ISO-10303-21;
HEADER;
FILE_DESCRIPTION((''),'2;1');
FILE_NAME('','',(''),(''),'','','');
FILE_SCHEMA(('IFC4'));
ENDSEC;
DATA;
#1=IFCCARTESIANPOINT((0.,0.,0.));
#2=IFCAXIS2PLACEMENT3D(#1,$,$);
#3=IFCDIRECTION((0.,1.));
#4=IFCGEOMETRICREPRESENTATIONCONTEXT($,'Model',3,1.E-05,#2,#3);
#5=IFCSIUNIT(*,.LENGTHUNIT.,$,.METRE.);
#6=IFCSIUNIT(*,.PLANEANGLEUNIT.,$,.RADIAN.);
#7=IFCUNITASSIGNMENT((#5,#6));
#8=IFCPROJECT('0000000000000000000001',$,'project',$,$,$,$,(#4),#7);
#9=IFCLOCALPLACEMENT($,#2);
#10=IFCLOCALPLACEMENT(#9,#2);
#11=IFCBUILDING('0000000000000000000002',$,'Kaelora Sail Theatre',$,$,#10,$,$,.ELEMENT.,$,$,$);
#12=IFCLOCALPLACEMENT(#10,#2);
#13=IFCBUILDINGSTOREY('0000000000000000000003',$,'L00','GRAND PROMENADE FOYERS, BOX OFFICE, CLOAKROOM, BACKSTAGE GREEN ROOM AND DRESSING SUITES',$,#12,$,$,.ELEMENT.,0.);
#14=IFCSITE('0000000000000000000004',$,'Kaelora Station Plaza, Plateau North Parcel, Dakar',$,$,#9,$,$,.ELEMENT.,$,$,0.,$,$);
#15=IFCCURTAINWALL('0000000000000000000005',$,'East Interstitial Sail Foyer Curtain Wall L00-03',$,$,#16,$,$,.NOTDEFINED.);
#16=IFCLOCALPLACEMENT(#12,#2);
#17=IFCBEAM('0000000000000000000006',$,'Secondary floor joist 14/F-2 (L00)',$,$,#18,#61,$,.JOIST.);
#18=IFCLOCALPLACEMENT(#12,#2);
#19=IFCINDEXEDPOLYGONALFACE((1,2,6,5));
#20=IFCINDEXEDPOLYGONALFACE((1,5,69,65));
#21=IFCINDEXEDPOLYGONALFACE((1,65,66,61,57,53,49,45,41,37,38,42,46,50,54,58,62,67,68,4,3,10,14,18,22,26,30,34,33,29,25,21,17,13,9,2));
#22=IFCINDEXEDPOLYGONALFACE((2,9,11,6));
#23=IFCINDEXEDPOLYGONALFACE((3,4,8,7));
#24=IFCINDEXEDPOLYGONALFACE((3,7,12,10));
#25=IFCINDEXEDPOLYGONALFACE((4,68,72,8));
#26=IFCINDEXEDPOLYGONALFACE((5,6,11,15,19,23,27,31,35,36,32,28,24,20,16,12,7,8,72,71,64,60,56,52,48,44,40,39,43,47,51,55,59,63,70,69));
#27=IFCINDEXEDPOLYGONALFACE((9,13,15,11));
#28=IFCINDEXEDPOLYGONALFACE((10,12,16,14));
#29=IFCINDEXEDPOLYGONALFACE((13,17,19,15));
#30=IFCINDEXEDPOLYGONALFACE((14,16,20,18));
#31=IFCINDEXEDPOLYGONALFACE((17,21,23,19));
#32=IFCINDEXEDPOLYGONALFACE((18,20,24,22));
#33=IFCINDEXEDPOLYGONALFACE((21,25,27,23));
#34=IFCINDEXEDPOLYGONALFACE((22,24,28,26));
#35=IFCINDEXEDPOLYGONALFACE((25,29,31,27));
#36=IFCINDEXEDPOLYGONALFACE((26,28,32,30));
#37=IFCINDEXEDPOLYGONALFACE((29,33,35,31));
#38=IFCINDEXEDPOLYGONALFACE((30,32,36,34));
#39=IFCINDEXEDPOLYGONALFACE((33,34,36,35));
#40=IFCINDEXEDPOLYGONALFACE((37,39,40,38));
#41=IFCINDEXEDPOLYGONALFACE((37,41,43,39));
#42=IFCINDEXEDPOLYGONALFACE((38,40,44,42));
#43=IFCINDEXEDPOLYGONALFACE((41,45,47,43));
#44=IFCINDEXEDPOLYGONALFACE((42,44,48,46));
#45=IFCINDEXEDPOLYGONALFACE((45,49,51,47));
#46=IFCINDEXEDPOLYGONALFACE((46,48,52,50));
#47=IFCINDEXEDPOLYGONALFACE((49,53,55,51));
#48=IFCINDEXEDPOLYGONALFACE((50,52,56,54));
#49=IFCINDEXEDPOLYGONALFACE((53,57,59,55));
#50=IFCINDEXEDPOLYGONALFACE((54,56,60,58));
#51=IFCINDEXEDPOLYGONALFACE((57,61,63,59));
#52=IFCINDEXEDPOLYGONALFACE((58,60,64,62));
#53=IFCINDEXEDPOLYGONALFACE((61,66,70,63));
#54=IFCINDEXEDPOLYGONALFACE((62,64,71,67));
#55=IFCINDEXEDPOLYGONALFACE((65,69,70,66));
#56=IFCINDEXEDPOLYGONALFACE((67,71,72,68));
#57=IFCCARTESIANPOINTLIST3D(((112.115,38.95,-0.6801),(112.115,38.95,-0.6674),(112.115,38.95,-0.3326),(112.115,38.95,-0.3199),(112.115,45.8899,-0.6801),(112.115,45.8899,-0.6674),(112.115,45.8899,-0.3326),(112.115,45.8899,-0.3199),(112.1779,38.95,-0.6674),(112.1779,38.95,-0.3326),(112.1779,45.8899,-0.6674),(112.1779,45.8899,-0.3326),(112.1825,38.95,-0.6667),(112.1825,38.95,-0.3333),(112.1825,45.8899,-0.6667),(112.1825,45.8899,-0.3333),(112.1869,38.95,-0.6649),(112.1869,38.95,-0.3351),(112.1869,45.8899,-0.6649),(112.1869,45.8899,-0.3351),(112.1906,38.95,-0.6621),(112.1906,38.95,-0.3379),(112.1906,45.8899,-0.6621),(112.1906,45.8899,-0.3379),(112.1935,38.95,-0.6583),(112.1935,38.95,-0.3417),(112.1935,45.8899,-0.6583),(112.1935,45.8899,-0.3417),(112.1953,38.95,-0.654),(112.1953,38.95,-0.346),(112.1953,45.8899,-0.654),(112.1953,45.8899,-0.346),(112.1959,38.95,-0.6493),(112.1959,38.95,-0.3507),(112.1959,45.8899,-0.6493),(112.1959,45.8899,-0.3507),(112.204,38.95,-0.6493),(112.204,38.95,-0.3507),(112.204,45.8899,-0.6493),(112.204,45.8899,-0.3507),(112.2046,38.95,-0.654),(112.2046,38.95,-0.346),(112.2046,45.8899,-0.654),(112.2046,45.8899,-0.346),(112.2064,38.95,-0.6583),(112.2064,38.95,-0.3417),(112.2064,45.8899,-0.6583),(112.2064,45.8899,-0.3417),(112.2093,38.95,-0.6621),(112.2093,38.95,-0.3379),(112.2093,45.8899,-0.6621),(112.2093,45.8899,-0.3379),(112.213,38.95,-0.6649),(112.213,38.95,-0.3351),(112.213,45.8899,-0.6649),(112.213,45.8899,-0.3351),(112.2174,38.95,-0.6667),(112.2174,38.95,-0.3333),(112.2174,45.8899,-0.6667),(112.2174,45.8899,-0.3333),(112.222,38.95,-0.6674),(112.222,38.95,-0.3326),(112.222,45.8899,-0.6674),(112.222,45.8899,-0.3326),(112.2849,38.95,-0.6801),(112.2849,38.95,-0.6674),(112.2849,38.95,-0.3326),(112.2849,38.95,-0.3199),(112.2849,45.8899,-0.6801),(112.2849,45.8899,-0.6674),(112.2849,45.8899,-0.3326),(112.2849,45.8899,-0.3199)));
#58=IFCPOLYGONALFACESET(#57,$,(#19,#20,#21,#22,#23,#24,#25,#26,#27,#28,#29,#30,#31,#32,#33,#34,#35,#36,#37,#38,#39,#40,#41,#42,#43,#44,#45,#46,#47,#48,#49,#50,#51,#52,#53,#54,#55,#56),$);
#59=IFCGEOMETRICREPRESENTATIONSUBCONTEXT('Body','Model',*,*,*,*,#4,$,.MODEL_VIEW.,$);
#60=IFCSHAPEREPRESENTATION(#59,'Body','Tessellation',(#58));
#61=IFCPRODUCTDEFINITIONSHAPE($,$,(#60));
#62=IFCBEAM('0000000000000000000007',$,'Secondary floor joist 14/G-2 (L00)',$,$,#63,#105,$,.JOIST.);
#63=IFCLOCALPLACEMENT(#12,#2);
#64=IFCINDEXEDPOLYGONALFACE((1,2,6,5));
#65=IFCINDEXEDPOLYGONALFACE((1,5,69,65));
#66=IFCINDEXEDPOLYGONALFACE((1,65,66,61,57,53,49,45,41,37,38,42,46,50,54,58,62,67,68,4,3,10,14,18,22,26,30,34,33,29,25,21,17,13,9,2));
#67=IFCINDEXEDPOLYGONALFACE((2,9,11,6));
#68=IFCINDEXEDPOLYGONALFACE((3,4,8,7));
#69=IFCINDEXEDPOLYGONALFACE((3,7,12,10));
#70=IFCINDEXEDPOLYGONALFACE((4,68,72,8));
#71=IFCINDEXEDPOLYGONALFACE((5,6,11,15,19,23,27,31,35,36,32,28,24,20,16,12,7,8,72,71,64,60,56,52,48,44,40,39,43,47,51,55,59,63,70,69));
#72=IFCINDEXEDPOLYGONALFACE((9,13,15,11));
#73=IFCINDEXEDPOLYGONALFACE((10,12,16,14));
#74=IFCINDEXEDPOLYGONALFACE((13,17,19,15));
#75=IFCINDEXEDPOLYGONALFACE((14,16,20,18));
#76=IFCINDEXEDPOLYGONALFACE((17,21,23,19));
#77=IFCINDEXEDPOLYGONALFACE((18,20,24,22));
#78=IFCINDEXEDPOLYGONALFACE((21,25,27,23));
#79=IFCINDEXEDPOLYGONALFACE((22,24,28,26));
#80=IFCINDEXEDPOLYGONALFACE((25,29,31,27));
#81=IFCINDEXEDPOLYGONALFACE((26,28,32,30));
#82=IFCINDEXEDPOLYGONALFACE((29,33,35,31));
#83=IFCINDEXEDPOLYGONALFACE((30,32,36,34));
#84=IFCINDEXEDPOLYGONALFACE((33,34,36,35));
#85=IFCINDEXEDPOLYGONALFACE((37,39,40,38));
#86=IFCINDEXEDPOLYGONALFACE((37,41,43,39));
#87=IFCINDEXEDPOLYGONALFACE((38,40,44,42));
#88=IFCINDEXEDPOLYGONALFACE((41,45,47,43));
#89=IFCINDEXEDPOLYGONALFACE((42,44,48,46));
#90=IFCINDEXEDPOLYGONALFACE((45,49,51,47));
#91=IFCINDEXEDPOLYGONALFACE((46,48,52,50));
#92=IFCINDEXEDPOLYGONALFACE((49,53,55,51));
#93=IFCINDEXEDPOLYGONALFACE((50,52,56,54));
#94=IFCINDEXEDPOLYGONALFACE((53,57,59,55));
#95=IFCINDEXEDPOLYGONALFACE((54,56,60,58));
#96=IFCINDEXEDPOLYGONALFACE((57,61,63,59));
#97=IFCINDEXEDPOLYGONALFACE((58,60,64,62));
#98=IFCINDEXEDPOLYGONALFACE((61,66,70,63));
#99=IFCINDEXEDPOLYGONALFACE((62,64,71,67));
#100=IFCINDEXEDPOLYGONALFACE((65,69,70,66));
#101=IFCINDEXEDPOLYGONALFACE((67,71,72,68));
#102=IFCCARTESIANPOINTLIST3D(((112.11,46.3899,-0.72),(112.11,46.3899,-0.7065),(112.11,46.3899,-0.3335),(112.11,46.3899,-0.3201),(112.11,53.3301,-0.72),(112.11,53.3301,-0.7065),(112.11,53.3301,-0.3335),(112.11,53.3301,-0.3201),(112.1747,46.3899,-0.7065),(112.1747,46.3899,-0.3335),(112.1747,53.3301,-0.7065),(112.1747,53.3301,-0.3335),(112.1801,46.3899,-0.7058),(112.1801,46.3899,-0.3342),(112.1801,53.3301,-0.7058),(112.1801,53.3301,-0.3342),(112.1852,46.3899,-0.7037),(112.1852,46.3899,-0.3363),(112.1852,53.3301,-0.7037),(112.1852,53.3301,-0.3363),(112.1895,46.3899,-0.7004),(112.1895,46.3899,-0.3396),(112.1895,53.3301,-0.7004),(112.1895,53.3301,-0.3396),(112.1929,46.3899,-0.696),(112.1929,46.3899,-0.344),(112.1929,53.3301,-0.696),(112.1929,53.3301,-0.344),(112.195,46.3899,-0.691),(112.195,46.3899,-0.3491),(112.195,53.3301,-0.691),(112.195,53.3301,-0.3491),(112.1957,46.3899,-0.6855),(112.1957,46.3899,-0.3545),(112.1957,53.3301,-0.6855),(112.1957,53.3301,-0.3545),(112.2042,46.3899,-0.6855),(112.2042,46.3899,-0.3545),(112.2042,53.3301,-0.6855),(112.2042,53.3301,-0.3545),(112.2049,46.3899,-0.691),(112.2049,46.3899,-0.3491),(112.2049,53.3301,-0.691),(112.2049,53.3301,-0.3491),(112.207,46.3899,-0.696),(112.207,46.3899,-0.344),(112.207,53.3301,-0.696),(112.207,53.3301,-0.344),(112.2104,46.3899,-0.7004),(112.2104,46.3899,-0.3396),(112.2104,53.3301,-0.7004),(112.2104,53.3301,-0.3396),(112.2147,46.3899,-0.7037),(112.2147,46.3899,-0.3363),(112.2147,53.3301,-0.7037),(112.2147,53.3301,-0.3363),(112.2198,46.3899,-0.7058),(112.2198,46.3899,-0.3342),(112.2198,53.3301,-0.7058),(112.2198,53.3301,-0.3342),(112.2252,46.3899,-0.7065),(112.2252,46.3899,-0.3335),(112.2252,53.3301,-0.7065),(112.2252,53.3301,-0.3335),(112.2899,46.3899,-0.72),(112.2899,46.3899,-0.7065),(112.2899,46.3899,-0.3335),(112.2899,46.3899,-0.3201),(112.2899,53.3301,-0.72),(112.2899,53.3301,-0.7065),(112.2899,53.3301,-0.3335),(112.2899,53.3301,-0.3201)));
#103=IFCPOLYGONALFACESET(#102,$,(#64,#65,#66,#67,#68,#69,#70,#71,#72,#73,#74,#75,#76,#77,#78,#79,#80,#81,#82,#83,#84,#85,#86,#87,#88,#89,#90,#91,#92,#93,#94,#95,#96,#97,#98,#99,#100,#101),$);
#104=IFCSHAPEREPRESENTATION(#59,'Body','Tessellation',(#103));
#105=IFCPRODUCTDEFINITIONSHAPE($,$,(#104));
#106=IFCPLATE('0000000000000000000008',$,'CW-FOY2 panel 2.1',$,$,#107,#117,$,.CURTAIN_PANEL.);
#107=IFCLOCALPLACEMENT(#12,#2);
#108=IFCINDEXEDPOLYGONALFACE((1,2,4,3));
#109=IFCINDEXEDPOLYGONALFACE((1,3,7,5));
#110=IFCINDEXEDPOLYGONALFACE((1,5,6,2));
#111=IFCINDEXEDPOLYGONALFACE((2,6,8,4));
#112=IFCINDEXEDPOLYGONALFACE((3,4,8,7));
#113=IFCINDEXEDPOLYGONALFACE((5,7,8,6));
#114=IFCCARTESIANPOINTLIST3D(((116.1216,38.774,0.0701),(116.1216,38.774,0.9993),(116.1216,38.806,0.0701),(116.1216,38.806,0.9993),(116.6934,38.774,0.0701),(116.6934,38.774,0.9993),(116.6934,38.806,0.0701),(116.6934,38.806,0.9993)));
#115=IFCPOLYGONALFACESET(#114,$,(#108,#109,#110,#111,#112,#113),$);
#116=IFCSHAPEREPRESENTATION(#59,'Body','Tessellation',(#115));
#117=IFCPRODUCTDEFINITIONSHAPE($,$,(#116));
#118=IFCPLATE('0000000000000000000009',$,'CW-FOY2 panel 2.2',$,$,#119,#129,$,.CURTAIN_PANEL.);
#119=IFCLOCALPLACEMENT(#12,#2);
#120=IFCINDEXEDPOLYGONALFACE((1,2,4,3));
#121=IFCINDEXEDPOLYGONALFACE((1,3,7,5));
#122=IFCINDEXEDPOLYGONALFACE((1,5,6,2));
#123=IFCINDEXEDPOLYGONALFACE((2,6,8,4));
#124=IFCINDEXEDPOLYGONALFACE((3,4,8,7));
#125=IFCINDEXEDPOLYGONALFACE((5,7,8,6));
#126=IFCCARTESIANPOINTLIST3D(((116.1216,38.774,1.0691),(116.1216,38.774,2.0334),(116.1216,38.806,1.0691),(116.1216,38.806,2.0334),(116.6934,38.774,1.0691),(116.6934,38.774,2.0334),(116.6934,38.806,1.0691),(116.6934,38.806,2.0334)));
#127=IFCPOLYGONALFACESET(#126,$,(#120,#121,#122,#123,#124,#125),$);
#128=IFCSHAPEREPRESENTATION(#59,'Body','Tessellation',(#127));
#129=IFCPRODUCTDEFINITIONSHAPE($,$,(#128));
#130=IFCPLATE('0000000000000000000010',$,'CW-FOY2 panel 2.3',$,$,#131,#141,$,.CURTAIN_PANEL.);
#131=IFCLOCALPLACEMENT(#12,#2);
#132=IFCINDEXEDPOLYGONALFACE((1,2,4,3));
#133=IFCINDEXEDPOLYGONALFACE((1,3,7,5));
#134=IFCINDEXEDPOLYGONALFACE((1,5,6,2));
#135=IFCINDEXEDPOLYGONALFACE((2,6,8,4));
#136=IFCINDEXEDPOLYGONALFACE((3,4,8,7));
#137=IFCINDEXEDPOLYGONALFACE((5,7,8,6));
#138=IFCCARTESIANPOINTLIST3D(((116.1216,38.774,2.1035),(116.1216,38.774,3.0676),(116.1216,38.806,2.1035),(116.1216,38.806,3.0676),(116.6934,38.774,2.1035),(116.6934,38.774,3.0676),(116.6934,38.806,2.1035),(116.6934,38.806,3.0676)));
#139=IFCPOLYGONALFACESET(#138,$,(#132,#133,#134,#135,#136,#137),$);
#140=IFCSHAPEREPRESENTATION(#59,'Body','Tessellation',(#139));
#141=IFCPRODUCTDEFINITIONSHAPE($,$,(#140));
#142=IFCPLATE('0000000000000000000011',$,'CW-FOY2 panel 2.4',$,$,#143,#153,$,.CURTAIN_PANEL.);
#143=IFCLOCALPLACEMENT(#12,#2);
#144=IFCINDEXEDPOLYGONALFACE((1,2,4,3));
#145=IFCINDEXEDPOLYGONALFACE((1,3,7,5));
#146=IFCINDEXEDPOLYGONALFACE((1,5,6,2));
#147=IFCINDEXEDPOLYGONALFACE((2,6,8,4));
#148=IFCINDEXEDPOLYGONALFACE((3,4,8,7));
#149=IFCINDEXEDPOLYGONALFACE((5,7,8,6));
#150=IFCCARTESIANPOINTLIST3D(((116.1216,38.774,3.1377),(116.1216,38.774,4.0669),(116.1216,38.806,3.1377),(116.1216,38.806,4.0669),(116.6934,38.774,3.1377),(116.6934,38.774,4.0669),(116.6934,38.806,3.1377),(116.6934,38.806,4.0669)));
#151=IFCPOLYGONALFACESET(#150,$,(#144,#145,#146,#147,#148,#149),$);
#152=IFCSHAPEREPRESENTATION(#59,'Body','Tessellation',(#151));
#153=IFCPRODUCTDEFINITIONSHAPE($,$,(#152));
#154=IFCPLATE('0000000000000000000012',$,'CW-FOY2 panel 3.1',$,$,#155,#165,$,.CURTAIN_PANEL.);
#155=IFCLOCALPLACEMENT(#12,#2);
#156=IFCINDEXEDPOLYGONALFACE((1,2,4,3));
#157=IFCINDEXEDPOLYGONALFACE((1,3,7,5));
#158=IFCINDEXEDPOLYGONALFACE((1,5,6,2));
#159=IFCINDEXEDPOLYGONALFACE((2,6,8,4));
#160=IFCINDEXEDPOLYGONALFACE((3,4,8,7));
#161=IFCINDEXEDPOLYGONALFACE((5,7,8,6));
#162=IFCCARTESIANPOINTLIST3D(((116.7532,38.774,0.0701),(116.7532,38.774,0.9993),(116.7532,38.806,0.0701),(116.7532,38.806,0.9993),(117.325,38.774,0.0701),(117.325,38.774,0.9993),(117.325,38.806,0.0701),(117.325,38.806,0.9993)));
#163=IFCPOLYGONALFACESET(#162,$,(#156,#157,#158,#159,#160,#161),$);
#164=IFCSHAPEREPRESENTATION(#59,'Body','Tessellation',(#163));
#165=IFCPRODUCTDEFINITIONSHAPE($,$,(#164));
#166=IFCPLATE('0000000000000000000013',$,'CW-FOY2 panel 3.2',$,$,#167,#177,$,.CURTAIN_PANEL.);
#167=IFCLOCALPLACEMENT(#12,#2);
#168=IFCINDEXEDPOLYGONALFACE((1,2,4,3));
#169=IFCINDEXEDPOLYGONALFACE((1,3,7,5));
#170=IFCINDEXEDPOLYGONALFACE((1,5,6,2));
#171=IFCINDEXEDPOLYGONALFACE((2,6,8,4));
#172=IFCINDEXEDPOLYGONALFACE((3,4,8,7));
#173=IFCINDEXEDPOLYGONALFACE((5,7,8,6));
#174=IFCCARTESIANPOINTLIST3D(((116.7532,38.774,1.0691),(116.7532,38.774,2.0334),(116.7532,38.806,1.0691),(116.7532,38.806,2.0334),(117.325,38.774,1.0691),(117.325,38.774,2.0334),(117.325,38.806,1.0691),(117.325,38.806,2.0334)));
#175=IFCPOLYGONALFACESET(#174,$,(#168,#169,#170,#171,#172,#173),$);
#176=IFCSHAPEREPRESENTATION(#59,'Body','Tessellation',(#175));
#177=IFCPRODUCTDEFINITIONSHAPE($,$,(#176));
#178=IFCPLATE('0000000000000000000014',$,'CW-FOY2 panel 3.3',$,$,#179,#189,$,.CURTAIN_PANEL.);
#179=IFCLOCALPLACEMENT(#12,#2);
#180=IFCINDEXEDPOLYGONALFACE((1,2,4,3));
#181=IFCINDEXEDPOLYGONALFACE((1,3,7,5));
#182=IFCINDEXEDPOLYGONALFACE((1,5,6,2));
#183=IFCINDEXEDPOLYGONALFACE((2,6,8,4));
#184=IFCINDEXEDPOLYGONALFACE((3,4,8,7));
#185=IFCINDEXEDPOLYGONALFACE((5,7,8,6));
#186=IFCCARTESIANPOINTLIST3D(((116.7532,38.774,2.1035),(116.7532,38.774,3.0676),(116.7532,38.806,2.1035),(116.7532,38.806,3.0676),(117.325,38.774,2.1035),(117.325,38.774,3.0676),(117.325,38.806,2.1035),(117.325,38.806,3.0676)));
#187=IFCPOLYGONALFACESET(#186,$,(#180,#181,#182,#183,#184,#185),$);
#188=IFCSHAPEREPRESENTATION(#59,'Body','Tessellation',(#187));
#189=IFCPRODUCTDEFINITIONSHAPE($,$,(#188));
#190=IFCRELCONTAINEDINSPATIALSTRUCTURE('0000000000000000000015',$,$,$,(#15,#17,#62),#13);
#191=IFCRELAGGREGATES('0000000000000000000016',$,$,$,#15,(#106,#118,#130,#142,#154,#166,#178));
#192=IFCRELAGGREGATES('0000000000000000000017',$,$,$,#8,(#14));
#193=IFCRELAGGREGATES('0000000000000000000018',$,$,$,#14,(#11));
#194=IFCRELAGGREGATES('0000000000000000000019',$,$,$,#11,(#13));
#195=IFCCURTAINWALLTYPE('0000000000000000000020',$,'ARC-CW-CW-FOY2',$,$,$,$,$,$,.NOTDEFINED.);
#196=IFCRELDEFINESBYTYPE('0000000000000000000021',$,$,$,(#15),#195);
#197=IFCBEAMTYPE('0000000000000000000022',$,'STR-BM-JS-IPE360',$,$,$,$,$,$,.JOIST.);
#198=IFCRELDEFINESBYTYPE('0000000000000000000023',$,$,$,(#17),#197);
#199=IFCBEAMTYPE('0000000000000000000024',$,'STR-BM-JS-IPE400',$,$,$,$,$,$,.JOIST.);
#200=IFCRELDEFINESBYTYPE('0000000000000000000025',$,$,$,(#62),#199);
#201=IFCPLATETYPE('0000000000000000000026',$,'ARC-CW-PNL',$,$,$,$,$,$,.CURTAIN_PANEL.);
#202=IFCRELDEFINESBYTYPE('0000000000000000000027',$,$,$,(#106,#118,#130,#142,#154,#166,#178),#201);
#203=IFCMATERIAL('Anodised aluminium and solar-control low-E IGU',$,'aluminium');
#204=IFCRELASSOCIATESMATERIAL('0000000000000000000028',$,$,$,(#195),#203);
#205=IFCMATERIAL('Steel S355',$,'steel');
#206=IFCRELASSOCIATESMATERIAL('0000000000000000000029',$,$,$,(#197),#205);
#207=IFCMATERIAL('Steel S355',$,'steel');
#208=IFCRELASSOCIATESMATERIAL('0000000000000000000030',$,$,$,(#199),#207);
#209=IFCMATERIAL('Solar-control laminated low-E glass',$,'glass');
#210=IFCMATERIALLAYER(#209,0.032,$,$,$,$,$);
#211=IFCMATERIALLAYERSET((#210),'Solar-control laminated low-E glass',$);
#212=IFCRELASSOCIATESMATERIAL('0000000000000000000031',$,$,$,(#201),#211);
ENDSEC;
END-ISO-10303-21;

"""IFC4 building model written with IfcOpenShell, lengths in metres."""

from ifc_helpers import new_model, si_unit, direction, frame, origin, origin_2d, place, context, subcontext, project, spatial, rectangle, i_section, extrude, material, layer, layer_set, material_profile, profile_set, type_object, element, aggregate, save


model = new_model("IFC4")

# Units and contexts
model_context = context("Model", 3, precision=1e-05, world=origin(), true_north=direction((0.0, 1.0)))
body_context = subcontext(model_context, "Body", "Model", "MODEL_VIEW")
ifc_project = project(units=[si_unit("LENGTHUNIT", "METRE"), si_unit("PLANEANGLEUNIT", "RADIAN")], contexts=[model_context])

# Site, building, storey
site_placement = place(None, origin())
site = spatial("IfcSite", under=ifc_project, at=site_placement, Name="Kaelora Station Plaza, Plateau North Parcel, Dakar", CompositionType="ELEMENT", RefElevation=0.0)
building_placement = place(site_placement, origin())
building = spatial("IfcBuilding", under=site, at=building_placement, Name="Kaelora Sail Theatre", CompositionType="ELEMENT")
storey_placement = place(building_placement, origin())
storey = spatial("IfcBuildingStorey", under=building, at=storey_placement, Name="L00", Description="GRAND PROMENADE FOYERS, BOX OFFICE, CLOAKROOM, BACKSTAGE GREEN ROOM AND DRESSING SUITES", CompositionType="ELEMENT", Elevation=0.0)

# Curtain wall
ifc_material_1 = material(Name="Anodised aluminium and solar-control low-E IGU", Category="aluminium")
curtain_wall_type = type_object("IfcCurtainWallType", Name="ARC-CW-CW-FOY2", PredefinedType="NOTDEFINED", material=ifc_material_1)
curtain_wall_placement = place(storey_placement, origin())
curtain_wall = element("IfcCurtainWall", 1, at=curtain_wall_placement, inside=storey, type_object=curtain_wall_type, Name="East Interstitial Sail Foyer Curtain Wall L00-03", PredefinedType="NOTDEFINED")

# Beams
ifc_material_2 = material(Name="Steel S355", Category="steel")
ifc_material_profile_1 = material_profile(ifc_material_2, i_section(OverallWidth=0.1699, OverallDepth=0.3601, WebThickness=0.0081, FlangeThickness=0.0127, FilletRadius=0.0181, at=origin_2d()), Name="IPE 360")
ifc_profile_set_1 = profile_set([ifc_material_profile_1], Name="Steel S355")
beam_type_1 = type_object("IfcBeamType", Name="STR-BM-JS-IPE360", PredefinedType="JOIST", material=ifc_profile_set_1)
beam_1_placement = place(storey_placement, frame((112.2, 38.95, -0.5), z_axis=(0.0, 1.0, 0.0), x_axis=(-1.0, 0.0, 0.0)))
element("IfcBeam", 2, at=beam_1_placement, inside=storey, type_object=beam_type_1, Name="Secondary floor joist 14/F-2 (L00)", PredefinedType="JOIST", context=body_context, shape_type="SweptSolid", body=[
    extrude(i_section(OverallWidth=0.1699, OverallDepth=0.3601, WebThickness=0.0081, FlangeThickness=0.0127, FilletRadius=0.0181, at=origin_2d()), origin(), (0.0, 0.0, 1.0), 6.9399),
])
ifc_material_3 = material(Name="Steel S355", Category="steel")
ifc_material_profile_2 = material_profile(ifc_material_3, i_section(OverallWidth=0.1799, OverallDepth=0.3999, WebThickness=0.0085, FlangeThickness=0.0134, FilletRadius=0.021, at=origin_2d()), Name="IPE 400")
ifc_profile_set_2 = profile_set([ifc_material_profile_2], Name="Steel S355")
beam_type_2 = type_object("IfcBeamType", Name="STR-BM-JS-IPE400", PredefinedType="JOIST", material=ifc_profile_set_2)
beam_2_placement = place(storey_placement, frame((112.2, 46.3899, -0.52), z_axis=(0.0, 1.0, 0.0), x_axis=(-1.0, 0.0, 0.0)))
element("IfcBeam", 3, at=beam_2_placement, inside=storey, type_object=beam_type_2, Name="Secondary floor joist 14/G-2 (L00)", PredefinedType="JOIST", context=body_context, shape_type="SweptSolid", body=[
    extrude(i_section(OverallWidth=0.1799, OverallDepth=0.3999, WebThickness=0.0085, FlangeThickness=0.0134, FilletRadius=0.021, at=origin_2d()), origin(), (0.0, 0.0, 1.0), 6.9402),
])

# Plates
ifc_material_4 = material(Name="Solar-control laminated low-E glass", Category="glass")
ifc_layer = layer(ifc_material_4, 0.032)
ifc_layer_set = layer_set([ifc_layer], Name="Solar-control laminated low-E glass")
plate_type = type_object("IfcPlateType", Name="ARC-CW-PNL", PredefinedType="CURTAIN_PANEL", material=ifc_layer_set)
plate_1_placement = place(storey_placement, frame((116.4075, 38.79, 0.0701), z_axis=(0.0, 0.0, 1.0), x_axis=(1.0, 0.0, 0.0)))
plate_1 = element("IfcPlate", 4, at=plate_1_placement, type_object=plate_type, Name="CW-FOY2 panel 2.1", PredefinedType="CURTAIN_PANEL", context=body_context, shape_type="SweptSolid", body=[
    extrude(rectangle(XDim=0.5718, YDim=0.032, at=origin_2d()), origin(), (0.0, 0.0, 1.0), 0.9292),
])
plate_2_placement = place(storey_placement, frame((116.4075, 38.79, 1.0691), z_axis=(0.0, 0.0, 1.0), x_axis=(1.0, 0.0, 0.0)))
plate_2 = element("IfcPlate", 5, at=plate_2_placement, type_object=plate_type, Name="CW-FOY2 panel 2.2", PredefinedType="CURTAIN_PANEL", context=body_context, shape_type="SweptSolid", body=[
    extrude(rectangle(XDim=0.5718, YDim=0.032, at=origin_2d()), origin(), (0.0, 0.0, 1.0), 0.9644),
])
plate_3_placement = place(storey_placement, frame((116.4075, 38.79, 2.1035), z_axis=(0.0, 0.0, 1.0), x_axis=(1.0, 0.0, 0.0)))
plate_3 = element("IfcPlate", 6, at=plate_3_placement, type_object=plate_type, Name="CW-FOY2 panel 2.3", PredefinedType="CURTAIN_PANEL", context=body_context, shape_type="SweptSolid", body=[
    extrude(rectangle(XDim=0.5718, YDim=0.032, at=origin_2d()), origin(), (0.0, 0.0, 1.0), 0.9641),
])
plate_4_placement = place(storey_placement, frame((116.4075, 38.79, 3.1377), z_axis=(0.0, 0.0, 1.0), x_axis=(1.0, 0.0, 0.0)))
plate_4 = element("IfcPlate", 7, at=plate_4_placement, type_object=plate_type, Name="CW-FOY2 panel 2.4", PredefinedType="CURTAIN_PANEL", context=body_context, shape_type="SweptSolid", body=[
    extrude(rectangle(XDim=0.5718, YDim=0.032, at=origin_2d()), origin(), (0.0, 0.0, 1.0), 0.9292),
])
plate_5_placement = place(storey_placement, frame((117.0391, 38.79, 0.0701), z_axis=(0.0, 0.0, 1.0), x_axis=(1.0, 0.0, 0.0)))
plate_5 = element("IfcPlate", 8, at=plate_5_placement, type_object=plate_type, Name="CW-FOY2 panel 3.1", PredefinedType="CURTAIN_PANEL", context=body_context, shape_type="SweptSolid", body=[
    extrude(rectangle(XDim=0.5718, YDim=0.032, at=origin_2d()), origin(), (0.0, 0.0, 1.0), 0.9292),
])
plate_6_placement = place(storey_placement, frame((117.0391, 38.79, 1.0691), z_axis=(0.0, 0.0, 1.0), x_axis=(1.0, 0.0, 0.0)))
plate_6 = element("IfcPlate", 9, at=plate_6_placement, type_object=plate_type, Name="CW-FOY2 panel 3.2", PredefinedType="CURTAIN_PANEL", context=body_context, shape_type="SweptSolid", body=[
    extrude(rectangle(XDim=0.5718, YDim=0.032, at=origin_2d()), origin(), (0.0, 0.0, 1.0), 0.9644),
])
plate_7_placement = place(storey_placement, frame((117.0391, 38.79, 2.1035), z_axis=(0.0, 0.0, 1.0), x_axis=(1.0, 0.0, 0.0)))
plate_7 = element("IfcPlate", 10, at=plate_7_placement, type_object=plate_type, Name="CW-FOY2 panel 3.3", PredefinedType="CURTAIN_PANEL", context=body_context, shape_type="SweptSolid", body=[
    extrude(rectangle(XDim=0.5718, YDim=0.032, at=origin_2d()), origin(), (0.0, 0.0, 1.0), 0.9641),
])
aggregate(curtain_wall, [plate_1, plate_2, plate_3, plate_4, plate_5, plate_6, plate_7])

save(model, "model.ifc")
